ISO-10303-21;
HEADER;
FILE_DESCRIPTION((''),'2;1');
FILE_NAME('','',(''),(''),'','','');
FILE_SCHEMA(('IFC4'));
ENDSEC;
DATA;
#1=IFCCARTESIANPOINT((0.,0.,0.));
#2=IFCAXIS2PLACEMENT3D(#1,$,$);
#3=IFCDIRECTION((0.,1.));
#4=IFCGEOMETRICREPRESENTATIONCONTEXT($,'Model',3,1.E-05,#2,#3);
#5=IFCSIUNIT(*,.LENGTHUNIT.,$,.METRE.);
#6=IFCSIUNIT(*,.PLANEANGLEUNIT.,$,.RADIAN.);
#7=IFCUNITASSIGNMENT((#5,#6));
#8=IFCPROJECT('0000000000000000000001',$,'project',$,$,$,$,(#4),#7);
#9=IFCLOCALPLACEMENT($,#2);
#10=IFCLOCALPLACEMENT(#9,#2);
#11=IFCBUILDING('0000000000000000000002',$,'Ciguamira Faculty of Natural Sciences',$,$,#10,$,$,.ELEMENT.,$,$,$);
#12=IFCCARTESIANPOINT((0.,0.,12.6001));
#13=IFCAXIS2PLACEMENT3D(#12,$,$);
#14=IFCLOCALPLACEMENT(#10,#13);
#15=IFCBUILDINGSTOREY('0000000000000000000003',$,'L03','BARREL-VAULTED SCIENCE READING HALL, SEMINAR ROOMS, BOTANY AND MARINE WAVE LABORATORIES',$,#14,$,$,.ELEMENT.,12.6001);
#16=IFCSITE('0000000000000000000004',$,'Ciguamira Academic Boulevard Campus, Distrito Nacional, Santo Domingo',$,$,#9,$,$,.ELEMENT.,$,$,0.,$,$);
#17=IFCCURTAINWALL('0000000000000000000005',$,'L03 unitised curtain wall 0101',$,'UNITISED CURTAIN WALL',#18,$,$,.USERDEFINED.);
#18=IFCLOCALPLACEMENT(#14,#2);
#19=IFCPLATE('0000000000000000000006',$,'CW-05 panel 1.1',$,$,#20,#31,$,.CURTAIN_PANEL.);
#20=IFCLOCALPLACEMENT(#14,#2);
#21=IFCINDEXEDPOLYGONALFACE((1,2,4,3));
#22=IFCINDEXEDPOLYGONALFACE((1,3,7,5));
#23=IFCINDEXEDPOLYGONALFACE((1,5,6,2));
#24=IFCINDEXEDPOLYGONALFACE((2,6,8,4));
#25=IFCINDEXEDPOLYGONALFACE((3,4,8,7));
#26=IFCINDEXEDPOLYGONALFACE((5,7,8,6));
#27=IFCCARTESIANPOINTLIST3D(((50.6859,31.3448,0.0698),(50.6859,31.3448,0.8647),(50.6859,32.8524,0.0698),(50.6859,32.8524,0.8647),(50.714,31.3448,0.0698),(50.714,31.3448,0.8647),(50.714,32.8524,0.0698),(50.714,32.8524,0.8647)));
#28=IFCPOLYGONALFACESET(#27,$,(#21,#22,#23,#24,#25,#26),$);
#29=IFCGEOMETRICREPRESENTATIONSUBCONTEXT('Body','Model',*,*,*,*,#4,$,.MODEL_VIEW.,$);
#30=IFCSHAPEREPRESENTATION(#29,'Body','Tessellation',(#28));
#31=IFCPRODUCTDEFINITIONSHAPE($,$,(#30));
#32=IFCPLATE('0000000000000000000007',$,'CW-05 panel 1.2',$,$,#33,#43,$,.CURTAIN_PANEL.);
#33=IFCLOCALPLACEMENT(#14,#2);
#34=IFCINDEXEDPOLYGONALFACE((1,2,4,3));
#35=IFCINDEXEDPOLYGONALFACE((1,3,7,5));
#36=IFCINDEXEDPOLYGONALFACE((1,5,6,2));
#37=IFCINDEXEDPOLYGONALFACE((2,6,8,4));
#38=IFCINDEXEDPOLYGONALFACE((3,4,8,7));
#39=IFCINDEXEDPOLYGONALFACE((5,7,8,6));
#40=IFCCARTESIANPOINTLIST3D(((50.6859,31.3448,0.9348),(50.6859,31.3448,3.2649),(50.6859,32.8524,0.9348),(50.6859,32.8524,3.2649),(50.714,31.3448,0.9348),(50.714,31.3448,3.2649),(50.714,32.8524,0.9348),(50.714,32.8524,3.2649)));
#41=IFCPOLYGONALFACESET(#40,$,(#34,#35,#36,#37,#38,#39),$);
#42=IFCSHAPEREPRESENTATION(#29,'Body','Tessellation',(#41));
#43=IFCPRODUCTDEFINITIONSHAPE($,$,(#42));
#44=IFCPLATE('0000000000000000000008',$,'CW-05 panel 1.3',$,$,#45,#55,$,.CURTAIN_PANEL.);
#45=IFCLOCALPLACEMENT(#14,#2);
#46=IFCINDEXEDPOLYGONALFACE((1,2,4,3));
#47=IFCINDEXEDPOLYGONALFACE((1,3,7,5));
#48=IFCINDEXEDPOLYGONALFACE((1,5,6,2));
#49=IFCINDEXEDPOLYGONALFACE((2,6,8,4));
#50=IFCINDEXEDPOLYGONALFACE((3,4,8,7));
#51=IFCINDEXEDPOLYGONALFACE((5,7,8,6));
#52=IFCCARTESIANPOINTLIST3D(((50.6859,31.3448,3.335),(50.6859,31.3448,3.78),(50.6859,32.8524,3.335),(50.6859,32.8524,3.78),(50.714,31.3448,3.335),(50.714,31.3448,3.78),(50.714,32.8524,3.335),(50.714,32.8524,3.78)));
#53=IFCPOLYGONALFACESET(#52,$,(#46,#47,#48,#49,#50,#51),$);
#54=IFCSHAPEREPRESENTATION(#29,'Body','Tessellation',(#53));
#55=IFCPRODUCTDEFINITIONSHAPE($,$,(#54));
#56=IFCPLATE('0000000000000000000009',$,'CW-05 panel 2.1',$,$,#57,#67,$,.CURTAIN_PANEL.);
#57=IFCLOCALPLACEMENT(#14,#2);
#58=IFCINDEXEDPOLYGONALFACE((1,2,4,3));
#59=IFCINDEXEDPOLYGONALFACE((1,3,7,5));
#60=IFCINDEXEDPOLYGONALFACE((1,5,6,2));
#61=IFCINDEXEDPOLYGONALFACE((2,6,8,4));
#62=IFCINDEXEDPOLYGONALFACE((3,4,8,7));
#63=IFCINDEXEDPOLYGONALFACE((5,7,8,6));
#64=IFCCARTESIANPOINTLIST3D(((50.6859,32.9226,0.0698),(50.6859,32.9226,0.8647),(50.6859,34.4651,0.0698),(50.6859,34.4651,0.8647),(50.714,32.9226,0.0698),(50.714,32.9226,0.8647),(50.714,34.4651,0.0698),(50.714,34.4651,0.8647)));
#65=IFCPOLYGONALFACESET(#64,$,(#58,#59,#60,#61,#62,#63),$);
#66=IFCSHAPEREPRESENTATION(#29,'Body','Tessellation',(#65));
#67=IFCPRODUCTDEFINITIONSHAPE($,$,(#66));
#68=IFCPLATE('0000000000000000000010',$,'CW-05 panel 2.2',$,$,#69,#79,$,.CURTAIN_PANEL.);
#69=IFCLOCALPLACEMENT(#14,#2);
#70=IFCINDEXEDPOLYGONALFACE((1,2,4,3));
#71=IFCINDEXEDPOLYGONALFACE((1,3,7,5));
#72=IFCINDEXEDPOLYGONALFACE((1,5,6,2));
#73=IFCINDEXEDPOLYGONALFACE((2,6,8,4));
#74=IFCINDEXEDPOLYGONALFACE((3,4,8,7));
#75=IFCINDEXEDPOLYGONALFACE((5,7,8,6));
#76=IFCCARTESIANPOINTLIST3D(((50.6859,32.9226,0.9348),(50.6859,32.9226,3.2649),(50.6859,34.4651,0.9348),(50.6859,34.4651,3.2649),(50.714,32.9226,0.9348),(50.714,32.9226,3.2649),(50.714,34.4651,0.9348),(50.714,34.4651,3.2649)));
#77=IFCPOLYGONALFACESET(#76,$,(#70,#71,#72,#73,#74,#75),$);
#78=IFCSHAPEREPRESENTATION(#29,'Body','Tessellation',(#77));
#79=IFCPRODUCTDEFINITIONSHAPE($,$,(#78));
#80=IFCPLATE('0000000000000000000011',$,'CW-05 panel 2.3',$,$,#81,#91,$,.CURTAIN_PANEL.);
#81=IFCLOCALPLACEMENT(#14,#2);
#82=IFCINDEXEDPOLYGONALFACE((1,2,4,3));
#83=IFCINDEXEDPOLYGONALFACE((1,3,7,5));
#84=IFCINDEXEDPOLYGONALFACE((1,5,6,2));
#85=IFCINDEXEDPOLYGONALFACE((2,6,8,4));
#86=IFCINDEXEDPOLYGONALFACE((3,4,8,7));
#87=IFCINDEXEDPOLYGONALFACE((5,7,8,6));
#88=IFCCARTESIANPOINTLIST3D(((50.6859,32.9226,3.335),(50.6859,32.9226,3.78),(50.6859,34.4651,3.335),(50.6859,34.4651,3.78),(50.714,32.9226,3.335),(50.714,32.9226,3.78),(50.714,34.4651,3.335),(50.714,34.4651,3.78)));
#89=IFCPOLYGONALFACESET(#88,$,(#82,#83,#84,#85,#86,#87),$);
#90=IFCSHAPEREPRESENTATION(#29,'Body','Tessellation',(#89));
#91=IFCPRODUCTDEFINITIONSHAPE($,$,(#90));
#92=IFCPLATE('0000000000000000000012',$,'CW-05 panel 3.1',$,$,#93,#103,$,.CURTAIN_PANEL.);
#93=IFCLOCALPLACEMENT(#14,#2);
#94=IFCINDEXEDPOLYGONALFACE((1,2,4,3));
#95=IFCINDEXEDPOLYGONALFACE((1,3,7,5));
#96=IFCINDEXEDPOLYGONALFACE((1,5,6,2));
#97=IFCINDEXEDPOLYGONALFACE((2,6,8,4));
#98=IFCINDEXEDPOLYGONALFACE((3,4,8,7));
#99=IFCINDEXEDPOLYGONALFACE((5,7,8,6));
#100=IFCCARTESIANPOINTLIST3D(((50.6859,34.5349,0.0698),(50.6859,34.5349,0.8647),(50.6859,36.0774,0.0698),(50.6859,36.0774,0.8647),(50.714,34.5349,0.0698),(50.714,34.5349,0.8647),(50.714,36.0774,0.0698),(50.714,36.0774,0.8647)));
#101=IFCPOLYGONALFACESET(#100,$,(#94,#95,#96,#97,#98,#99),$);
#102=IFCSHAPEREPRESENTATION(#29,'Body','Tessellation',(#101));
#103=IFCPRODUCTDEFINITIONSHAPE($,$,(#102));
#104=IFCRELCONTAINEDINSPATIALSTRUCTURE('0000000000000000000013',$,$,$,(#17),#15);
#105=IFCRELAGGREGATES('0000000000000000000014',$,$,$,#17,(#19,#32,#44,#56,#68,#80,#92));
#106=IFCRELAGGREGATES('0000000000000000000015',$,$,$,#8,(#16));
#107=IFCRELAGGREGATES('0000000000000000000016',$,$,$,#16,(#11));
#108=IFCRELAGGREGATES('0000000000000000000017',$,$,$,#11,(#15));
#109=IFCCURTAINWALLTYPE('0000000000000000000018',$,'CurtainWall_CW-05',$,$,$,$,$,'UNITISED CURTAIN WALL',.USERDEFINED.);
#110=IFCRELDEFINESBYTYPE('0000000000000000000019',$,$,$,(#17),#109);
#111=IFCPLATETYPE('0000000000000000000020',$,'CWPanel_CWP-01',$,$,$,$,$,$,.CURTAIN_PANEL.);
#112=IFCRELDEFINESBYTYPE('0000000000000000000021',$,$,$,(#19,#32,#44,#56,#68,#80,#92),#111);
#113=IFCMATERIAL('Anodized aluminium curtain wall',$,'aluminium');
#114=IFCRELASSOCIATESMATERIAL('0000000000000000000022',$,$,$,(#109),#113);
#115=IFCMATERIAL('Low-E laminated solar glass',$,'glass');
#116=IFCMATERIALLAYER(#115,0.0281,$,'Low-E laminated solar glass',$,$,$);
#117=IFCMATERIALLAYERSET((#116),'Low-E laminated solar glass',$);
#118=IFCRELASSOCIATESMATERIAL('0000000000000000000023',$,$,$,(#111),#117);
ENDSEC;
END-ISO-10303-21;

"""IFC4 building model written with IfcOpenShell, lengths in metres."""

from ifc_helpers import new_model, si_unit, direction, frame, origin, origin_2d, place, context, subcontext, project, spatial, rectangle, extrude, material, layer, layer_set, type_object, element, aggregate, save


model = new_model("IFC4")

# Units and contexts
model_context = context("Model", 3, precision=1e-05, world=origin(), true_north=direction((0.0, 1.0)))
body_context = subcontext(model_context, "Body", "Model", "MODEL_VIEW")
ifc_project = project(units=[si_unit("LENGTHUNIT", "METRE"), si_unit("PLANEANGLEUNIT", "RADIAN")], contexts=[model_context])

# Site, building, storey
site_placement = place(None, origin())
site = spatial("IfcSite", under=ifc_project, at=site_placement, Name="Ciguamira Academic Boulevard Campus, Distrito Nacional, Santo Domingo", CompositionType="ELEMENT", RefElevation=0.0)
building_placement = place(site_placement, origin())
building = spatial("IfcBuilding", under=site, at=building_placement, Name="Ciguamira Faculty of Natural Sciences", CompositionType="ELEMENT")
storey_placement = place(building_placement, frame((0.0, 0.0, 12.6001)))
storey = spatial("IfcBuildingStorey", under=building, at=storey_placement, Name="L03", Description="BARREL-VAULTED SCIENCE READING HALL, SEMINAR ROOMS, BOTANY AND MARINE WAVE LABORATORIES", CompositionType="ELEMENT", Elevation=12.6001)

# Curtain wall, plates
ifc_material_1 = material(Name="Anodized aluminium curtain wall", Category="aluminium")
curtain_wall_type = type_object("IfcCurtainWallType", Name="CurtainWall_CW-05", ElementType="UNITISED CURTAIN WALL", PredefinedType="USERDEFINED", material=ifc_material_1)
curtain_wall_placement = place(storey_placement, origin())
curtain_wall = element("IfcCurtainWall", 1, at=curtain_wall_placement, inside=storey, type_object=curtain_wall_type, Name="L03 unitised curtain wall 0101", ObjectType="UNITISED CURTAIN WALL", PredefinedType="USERDEFINED")
ifc_material_2 = material(Name="Low-E laminated solar glass", Category="glass")
ifc_layer = layer(ifc_material_2, 0.0281, Name="Low-E laminated solar glass")
ifc_layer_set = layer_set([ifc_layer], Name="Low-E laminated solar glass")
plate_type = type_object("IfcPlateType", Name="CWPanel_CWP-01", PredefinedType="CURTAIN_PANEL", material=ifc_layer_set)
plate_1_placement = place(storey_placement, frame((50.7, 32.0986, 0.0698), z_axis=(0.0, 0.0, 1.0), x_axis=(0.0, 1.0, 0.0)))
plate_1 = element("IfcPlate", 2, at=plate_1_placement, type_object=plate_type, Name="CW-05 panel 1.1", PredefinedType="CURTAIN_PANEL", context=body_context, shape_type="SweptSolid", body=[
    extrude(rectangle(XDim=1.5076, YDim=0.0281, at=origin_2d()), origin(), (0.0, 0.0, 1.0), 0.7949),
])
plate_2_placement = place(storey_placement, frame((50.7, 32.0986, 0.9348), z_axis=(0.0, 0.0, 1.0), x_axis=(0.0, 1.0, 0.0)))
plate_2 = element("IfcPlate", 3, at=plate_2_placement, type_object=plate_type, Name="CW-05 panel 1.2", PredefinedType="CURTAIN_PANEL", context=body_context, shape_type="SweptSolid", body=[
    extrude(rectangle(XDim=1.5076, YDim=0.0281, at=origin_2d()), origin(), (0.0, 0.0, 1.0), 2.3301),
])
plate_3_placement = place(storey_placement, frame((50.7, 32.0986, 3.335), z_axis=(0.0, 0.0, 1.0), x_axis=(0.0, 1.0, 0.0)))
plate_3 = element("IfcPlate", 4, at=plate_3_placement, type_object=plate_type, Name="CW-05 panel 1.3", PredefinedType="CURTAIN_PANEL", context=body_context, shape_type="SweptSolid", body=[
    extrude(rectangle(XDim=1.5076, YDim=0.0281, at=origin_2d()), origin(), (0.0, 0.0, 1.0), 0.4451),
])
plate_4_placement = place(storey_placement, frame((50.7, 33.6938, 0.0698), z_axis=(0.0, 0.0, 1.0), x_axis=(0.0, 1.0, 0.0)))
plate_4 = element("IfcPlate", 5, at=plate_4_placement, type_object=plate_type, Name="CW-05 panel 2.1", PredefinedType="CURTAIN_PANEL", context=body_context, shape_type="SweptSolid", body=[
    extrude(rectangle(XDim=1.5425, YDim=0.0281, at=origin_2d()), origin(), (0.0, 0.0, 1.0), 0.7949),
])
plate_5_placement = place(storey_placement, frame((50.7, 33.6938, 0.9348), z_axis=(0.0, 0.0, 1.0), x_axis=(0.0, 1.0, 0.0)))
plate_5 = element("IfcPlate", 6, at=plate_5_placement, type_object=plate_type, Name="CW-05 panel 2.2", PredefinedType="CURTAIN_PANEL", context=body_context, shape_type="SweptSolid", body=[
    extrude(rectangle(XDim=1.5425, YDim=0.0281, at=origin_2d()), origin(), (0.0, 0.0, 1.0), 2.3301),
])
plate_6_placement = place(storey_placement, frame((50.7, 33.6938, 3.335), z_axis=(0.0, 0.0, 1.0), x_axis=(0.0, 1.0, 0.0)))
plate_6 = element("IfcPlate", 7, at=plate_6_placement, type_object=plate_type, Name="CW-05 panel 2.3", PredefinedType="CURTAIN_PANEL", context=body_context, shape_type="SweptSolid", body=[
    extrude(rectangle(XDim=1.5425, YDim=0.0281, at=origin_2d()), origin(), (0.0, 0.0, 1.0), 0.4451),
])
plate_7_placement = place(storey_placement, frame((50.7, 35.3062, 0.0698), z_axis=(0.0, 0.0, 1.0), x_axis=(0.0, 1.0, 0.0)))
plate_7 = element("IfcPlate", 8, at=plate_7_placement, type_object=plate_type, Name="CW-05 panel 3.1", PredefinedType="CURTAIN_PANEL", context=body_context, shape_type="SweptSolid", body=[
    extrude(rectangle(XDim=1.5425, YDim=0.0281, at=origin_2d()), origin(), (0.0, 0.0, 1.0), 0.7949),
])
aggregate(curtain_wall, [plate_1, plate_2, plate_3, plate_4, plate_5, plate_6, plate_7])

save(model, "model.ifc")
